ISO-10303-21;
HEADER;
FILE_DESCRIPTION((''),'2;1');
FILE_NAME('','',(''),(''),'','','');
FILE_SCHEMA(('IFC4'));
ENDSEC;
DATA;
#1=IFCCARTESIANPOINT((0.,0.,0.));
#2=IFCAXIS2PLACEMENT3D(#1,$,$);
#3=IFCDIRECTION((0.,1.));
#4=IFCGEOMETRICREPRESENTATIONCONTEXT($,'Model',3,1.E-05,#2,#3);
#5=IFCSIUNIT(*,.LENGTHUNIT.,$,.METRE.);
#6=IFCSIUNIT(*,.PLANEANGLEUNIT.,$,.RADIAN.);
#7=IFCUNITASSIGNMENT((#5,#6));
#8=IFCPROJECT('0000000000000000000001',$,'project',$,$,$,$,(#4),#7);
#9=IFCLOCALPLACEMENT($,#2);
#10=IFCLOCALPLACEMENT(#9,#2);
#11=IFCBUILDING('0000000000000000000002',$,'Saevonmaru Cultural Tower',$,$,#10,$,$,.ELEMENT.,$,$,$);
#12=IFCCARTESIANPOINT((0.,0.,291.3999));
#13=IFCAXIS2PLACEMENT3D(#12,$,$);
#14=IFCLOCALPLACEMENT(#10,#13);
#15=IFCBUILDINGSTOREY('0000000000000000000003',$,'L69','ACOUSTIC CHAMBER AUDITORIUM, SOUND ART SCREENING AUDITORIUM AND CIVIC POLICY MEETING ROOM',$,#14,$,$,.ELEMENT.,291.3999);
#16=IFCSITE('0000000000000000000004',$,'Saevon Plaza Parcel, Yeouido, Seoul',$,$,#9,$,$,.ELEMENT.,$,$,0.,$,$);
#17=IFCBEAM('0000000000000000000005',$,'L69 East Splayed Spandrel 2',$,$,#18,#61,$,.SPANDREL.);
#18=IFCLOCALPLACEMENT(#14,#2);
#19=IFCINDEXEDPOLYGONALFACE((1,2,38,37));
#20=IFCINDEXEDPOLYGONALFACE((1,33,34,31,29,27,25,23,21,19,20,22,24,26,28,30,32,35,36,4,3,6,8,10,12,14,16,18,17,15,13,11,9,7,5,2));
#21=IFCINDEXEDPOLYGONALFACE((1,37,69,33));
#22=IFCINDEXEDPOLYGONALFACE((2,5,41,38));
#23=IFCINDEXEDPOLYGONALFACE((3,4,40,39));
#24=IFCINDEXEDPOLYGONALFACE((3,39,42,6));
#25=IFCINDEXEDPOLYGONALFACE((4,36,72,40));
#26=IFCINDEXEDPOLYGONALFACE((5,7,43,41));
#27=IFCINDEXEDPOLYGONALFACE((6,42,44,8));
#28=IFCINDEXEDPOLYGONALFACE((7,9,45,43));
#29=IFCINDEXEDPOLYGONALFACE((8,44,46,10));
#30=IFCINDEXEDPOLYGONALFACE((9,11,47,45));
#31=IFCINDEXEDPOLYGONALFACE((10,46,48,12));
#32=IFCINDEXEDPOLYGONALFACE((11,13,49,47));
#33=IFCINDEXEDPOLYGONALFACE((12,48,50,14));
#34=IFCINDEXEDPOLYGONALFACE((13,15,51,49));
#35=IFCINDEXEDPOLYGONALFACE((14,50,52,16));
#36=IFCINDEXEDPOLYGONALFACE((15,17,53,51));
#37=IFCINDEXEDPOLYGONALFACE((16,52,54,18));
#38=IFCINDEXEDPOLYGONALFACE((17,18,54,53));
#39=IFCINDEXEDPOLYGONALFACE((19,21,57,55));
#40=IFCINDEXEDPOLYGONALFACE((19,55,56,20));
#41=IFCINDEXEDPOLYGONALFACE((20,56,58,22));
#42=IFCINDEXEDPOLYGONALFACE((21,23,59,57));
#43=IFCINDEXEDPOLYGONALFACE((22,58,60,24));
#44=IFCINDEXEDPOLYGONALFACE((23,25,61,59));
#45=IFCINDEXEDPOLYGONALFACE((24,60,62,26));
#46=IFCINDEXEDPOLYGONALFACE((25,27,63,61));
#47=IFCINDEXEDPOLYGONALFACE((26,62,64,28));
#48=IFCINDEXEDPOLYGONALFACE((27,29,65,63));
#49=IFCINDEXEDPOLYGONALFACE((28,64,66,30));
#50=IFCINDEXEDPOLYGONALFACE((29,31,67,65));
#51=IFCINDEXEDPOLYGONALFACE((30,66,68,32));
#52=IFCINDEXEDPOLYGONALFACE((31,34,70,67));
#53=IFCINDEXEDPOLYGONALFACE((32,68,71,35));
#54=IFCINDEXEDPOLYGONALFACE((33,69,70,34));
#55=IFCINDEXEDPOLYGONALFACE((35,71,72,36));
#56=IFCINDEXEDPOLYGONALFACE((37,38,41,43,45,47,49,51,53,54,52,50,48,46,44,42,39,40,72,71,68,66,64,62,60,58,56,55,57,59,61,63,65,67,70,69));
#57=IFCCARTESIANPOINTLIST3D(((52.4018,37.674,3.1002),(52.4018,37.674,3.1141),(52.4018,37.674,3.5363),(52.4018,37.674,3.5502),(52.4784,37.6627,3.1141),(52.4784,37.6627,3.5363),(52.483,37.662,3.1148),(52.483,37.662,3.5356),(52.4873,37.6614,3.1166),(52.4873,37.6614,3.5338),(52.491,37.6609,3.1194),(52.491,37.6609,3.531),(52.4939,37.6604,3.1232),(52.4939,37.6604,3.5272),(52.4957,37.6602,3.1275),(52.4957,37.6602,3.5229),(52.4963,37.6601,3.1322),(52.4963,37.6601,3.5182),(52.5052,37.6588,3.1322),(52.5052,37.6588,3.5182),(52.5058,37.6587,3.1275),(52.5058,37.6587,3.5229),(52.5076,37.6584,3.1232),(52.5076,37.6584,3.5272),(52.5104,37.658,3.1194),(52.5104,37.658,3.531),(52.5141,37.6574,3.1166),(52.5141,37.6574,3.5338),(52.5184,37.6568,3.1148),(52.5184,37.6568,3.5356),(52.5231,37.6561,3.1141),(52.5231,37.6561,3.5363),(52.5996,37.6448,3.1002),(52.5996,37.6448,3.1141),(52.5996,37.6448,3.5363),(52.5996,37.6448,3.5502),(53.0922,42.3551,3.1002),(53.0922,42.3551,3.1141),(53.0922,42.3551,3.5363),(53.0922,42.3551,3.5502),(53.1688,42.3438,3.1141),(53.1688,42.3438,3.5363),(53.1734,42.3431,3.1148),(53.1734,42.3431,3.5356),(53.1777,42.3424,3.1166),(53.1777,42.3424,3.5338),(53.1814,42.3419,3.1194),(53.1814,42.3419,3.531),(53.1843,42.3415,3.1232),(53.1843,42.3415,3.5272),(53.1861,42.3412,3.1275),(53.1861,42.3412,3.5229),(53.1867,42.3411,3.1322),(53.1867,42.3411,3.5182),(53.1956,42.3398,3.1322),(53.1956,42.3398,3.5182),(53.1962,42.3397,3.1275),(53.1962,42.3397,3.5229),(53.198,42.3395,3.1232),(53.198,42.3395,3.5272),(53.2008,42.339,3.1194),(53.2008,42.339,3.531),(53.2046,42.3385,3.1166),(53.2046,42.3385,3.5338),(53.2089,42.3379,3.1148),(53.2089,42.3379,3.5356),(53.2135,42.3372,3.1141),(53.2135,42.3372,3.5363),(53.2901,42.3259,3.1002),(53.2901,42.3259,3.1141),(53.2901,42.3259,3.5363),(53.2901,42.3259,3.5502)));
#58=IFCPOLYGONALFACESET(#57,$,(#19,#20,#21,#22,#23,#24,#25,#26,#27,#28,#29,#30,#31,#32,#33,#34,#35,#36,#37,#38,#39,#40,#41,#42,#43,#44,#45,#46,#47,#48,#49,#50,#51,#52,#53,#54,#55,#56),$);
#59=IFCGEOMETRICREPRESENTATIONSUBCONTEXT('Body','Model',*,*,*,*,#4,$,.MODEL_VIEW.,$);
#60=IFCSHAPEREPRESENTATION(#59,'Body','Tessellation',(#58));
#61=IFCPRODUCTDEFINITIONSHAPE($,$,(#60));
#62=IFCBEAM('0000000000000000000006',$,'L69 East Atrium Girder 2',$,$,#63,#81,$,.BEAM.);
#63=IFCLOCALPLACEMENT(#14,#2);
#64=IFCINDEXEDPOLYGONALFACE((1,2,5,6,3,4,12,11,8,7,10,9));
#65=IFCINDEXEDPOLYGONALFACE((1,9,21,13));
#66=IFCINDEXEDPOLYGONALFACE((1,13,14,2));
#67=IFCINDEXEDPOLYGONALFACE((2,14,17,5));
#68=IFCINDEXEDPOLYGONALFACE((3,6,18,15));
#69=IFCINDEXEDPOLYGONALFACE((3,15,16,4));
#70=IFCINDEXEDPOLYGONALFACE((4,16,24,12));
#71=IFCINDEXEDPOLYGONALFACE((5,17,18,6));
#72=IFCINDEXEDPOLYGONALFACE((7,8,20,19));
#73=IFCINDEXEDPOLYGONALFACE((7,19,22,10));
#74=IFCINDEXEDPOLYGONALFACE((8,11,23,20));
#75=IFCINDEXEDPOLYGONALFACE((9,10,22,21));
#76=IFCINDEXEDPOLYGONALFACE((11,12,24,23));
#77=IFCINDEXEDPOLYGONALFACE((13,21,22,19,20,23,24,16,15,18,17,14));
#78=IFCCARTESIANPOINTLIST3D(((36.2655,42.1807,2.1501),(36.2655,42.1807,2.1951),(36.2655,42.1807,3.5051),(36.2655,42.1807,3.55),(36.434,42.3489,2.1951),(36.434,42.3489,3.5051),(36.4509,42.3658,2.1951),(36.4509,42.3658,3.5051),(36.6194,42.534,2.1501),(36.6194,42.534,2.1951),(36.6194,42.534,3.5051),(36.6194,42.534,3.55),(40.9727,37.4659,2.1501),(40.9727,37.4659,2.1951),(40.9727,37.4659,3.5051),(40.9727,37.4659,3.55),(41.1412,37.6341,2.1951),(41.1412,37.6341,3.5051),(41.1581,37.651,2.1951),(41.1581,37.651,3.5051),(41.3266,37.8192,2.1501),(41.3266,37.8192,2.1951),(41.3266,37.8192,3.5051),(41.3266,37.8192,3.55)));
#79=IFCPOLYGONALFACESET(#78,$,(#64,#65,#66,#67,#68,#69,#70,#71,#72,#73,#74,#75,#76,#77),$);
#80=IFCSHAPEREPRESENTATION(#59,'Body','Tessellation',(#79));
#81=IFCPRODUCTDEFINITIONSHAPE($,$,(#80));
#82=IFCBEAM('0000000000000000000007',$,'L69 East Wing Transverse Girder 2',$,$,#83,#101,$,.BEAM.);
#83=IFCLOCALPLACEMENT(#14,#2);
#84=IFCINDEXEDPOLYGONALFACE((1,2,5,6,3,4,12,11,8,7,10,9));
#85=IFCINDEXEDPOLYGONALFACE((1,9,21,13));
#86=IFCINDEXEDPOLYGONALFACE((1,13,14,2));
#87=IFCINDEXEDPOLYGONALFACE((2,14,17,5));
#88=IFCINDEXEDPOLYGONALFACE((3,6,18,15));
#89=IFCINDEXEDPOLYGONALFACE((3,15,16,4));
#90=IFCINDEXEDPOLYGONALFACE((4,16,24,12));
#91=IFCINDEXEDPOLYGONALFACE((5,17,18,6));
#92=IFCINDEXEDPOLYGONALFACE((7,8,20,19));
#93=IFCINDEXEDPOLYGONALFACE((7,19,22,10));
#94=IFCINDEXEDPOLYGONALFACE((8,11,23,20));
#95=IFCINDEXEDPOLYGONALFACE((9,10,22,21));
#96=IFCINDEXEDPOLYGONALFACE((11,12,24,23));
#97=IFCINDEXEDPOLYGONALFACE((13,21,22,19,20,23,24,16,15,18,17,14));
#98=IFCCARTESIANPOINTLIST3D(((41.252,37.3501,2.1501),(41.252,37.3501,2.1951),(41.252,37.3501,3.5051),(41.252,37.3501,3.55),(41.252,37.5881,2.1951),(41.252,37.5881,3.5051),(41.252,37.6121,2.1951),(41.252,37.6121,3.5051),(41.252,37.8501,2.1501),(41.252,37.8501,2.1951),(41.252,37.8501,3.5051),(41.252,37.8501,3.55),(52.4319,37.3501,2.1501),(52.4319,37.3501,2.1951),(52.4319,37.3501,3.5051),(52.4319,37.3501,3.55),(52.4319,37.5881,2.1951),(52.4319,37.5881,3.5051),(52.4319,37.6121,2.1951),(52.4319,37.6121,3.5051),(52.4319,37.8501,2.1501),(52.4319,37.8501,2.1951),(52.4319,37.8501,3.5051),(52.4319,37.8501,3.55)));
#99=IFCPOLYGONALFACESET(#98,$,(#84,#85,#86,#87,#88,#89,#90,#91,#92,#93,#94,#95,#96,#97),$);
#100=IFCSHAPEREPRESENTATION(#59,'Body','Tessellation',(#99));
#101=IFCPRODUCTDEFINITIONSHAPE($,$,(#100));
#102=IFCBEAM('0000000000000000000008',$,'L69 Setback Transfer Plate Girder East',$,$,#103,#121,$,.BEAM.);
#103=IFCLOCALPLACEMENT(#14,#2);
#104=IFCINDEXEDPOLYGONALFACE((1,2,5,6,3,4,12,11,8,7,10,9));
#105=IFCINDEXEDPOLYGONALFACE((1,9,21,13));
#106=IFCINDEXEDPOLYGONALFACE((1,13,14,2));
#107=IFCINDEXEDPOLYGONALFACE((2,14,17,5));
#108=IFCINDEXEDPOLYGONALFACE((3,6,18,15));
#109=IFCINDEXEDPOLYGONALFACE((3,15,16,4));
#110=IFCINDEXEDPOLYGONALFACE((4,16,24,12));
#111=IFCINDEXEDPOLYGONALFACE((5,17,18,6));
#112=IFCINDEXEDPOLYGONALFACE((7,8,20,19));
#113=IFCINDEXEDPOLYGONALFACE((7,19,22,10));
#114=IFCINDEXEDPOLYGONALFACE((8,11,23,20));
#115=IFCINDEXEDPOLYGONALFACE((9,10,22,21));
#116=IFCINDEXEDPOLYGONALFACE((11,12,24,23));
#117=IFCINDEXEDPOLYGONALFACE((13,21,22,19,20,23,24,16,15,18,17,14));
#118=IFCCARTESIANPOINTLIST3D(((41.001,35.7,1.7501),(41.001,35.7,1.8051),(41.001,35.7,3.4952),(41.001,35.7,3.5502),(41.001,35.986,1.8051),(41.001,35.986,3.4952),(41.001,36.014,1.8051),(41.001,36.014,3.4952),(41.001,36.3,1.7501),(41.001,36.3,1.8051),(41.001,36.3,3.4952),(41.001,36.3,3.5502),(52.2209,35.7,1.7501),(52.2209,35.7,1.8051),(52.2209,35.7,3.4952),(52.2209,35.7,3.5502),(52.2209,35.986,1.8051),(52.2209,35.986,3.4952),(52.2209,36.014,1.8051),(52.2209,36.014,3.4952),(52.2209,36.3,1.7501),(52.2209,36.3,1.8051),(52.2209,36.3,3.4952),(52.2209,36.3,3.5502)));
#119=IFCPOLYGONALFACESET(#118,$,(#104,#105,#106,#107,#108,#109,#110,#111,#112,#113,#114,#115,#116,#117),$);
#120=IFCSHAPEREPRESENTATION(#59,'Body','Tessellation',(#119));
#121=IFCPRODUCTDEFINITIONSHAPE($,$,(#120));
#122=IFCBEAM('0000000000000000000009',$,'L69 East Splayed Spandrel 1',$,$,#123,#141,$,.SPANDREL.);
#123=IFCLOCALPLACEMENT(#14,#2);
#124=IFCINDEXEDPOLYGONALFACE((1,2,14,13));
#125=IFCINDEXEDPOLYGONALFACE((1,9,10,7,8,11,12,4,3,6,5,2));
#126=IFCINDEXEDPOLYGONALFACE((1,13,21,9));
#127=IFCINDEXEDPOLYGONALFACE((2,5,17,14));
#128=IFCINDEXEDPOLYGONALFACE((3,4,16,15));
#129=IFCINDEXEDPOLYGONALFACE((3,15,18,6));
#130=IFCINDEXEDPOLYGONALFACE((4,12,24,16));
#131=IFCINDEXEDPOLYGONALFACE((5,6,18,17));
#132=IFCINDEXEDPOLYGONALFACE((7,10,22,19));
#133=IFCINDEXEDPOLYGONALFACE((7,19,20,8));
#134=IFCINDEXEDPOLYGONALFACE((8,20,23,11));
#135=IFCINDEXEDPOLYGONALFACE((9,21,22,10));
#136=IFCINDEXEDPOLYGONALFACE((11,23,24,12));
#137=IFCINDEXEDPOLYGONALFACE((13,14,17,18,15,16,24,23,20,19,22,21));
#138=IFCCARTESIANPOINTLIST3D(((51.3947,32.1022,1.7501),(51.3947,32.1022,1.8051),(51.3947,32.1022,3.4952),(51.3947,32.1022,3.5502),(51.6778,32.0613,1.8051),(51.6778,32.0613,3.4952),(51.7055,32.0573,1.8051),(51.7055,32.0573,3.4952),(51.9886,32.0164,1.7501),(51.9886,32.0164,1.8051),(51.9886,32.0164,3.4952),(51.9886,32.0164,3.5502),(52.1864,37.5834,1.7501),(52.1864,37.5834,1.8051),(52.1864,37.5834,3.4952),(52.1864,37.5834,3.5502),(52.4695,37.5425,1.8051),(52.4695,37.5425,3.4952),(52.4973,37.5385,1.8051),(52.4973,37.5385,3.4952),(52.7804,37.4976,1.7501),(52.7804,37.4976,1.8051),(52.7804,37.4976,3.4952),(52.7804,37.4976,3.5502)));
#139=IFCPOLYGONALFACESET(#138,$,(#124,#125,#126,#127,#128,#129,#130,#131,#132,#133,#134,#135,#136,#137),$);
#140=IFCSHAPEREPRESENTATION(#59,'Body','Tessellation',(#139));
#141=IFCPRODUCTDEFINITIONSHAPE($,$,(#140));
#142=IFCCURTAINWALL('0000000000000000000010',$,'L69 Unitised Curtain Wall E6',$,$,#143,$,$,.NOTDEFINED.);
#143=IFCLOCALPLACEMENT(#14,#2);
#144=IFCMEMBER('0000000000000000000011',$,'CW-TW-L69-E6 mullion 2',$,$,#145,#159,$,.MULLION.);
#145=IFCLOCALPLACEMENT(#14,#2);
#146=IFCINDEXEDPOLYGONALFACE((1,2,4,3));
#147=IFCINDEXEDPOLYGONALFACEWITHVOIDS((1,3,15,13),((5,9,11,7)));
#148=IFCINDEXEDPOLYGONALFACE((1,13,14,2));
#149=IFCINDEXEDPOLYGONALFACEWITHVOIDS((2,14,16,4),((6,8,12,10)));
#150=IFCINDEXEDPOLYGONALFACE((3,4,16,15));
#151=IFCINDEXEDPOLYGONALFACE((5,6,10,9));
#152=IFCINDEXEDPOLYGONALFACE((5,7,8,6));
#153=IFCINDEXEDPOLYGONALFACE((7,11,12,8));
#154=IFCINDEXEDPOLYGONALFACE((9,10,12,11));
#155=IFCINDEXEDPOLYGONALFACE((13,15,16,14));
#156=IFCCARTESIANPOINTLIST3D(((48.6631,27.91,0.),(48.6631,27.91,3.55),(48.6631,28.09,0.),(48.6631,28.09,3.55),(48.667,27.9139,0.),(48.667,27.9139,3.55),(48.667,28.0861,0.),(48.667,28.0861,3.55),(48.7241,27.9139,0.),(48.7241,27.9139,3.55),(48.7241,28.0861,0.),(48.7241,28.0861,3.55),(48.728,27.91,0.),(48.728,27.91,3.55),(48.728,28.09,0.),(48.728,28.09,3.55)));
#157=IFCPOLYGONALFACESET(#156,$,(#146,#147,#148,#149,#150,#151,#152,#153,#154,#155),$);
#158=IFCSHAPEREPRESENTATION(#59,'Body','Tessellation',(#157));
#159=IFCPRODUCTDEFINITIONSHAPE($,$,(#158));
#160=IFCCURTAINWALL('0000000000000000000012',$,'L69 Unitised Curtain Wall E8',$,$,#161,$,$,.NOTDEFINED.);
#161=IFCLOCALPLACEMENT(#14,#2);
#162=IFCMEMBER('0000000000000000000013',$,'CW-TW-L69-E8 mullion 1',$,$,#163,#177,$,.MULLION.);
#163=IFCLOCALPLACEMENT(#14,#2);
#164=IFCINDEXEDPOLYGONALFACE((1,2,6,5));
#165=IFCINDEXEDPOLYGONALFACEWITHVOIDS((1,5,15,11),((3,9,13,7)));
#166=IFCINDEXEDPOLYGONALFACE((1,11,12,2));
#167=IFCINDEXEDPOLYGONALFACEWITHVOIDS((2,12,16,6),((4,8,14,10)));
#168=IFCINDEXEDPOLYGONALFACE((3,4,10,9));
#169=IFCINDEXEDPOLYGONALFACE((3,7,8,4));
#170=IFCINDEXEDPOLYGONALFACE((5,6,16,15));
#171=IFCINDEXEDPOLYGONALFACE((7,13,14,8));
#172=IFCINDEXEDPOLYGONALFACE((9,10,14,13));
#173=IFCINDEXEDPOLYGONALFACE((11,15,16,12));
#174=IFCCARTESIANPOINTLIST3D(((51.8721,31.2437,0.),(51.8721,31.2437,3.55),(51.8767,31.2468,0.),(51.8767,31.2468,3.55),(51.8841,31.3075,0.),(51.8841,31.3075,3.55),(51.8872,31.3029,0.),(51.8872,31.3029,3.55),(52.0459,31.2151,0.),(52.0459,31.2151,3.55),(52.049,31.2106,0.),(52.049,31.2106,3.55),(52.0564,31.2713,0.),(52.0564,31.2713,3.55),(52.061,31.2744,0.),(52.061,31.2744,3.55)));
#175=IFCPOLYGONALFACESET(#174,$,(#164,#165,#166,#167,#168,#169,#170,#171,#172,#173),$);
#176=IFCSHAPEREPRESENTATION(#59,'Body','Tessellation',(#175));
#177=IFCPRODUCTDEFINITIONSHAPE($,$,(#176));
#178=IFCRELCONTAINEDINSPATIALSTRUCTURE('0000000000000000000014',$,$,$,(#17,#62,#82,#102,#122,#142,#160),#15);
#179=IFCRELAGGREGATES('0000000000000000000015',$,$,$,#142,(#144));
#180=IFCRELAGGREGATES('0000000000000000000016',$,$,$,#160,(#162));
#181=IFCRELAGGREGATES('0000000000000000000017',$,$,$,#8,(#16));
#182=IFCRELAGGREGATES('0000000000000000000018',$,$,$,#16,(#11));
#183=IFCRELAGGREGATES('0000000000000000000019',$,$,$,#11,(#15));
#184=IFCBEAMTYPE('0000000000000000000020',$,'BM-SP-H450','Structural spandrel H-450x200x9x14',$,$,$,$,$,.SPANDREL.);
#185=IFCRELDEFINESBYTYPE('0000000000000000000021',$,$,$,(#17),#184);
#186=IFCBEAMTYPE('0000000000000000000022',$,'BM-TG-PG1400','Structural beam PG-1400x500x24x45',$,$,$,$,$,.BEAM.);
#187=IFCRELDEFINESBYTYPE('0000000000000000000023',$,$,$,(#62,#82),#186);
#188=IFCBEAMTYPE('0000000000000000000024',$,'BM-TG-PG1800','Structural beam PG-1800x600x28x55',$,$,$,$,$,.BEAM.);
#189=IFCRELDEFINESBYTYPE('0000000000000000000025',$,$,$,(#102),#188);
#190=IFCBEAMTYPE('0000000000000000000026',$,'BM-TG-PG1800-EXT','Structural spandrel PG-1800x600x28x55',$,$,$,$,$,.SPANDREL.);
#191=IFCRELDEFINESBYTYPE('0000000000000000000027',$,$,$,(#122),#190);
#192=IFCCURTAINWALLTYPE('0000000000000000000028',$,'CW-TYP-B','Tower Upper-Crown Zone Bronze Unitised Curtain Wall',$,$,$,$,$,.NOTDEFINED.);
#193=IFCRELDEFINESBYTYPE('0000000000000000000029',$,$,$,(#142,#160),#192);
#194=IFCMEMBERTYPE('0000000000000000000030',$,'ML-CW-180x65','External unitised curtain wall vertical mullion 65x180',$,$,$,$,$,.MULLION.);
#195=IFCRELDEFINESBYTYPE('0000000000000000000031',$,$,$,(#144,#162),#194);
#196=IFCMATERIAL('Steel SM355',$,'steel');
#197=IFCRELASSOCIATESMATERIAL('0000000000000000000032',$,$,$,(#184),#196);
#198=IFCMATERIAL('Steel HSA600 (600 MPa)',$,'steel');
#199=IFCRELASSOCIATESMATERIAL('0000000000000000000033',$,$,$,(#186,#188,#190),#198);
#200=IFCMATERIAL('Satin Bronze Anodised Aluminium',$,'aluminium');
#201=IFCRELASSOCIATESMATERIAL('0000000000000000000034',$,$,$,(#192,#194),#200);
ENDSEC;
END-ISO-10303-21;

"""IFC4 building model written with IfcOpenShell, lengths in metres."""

from ifc_helpers import new_model, si_unit, direction, frame, origin, origin_2d, place, context, subcontext, project, spatial, hollow_rectangle, i_section, extrude, material, material_profile, profile_set, type_object, element, aggregate, save


model = new_model("IFC4")

# Units and contexts
model_context = context("Model", 3, precision=1e-05, world=origin(), true_north=direction((0.0, 1.0)))
body_context = subcontext(model_context, "Body", "Model", "MODEL_VIEW")
ifc_project = project(units=[si_unit("LENGTHUNIT", "METRE"), si_unit("PLANEANGLEUNIT", "RADIAN")], contexts=[model_context])

# Site, building, storey
site_placement = place(None, origin())
site = spatial("IfcSite", under=ifc_project, at=site_placement, Name="Saevon Plaza Parcel, Yeouido, Seoul", CompositionType="ELEMENT", RefElevation=0.0)
building_placement = place(site_placement, origin())
building = spatial("IfcBuilding", under=site, at=building_placement, Name="Saevonmaru Cultural Tower", CompositionType="ELEMENT")
storey_placement = place(building_placement, frame((0.0, 0.0, 291.3999)))
storey = spatial("IfcBuildingStorey", under=building, at=storey_placement, Name="L69", Description="ACOUSTIC CHAMBER AUDITORIUM, SOUND ART SCREENING AUDITORIUM AND CIVIC POLICY MEETING ROOM", CompositionType="ELEMENT", Elevation=291.3999)

# Shared definitions
ifc_material_1 = material(Name="Steel SM355", Category="steel")

# Beams
ifc_material_profile_1 = material_profile(ifc_material_1, i_section(OverallWidth=0.2, OverallDepth=0.45, WebThickness=0.009, FlangeThickness=0.0139, FilletRadius=0.0181, at=origin_2d()), Name="H-450x200x9x14")
ifc_profile_set_1 = profile_set([ifc_material_profile_1], Name="Steel SM355")
beam_type_1 = type_object("IfcBeamType", Name="BM-SP-H450", Description="Structural spandrel H-450x200x9x14", PredefinedType="SPANDREL", material=ifc_profile_set_1)
beam_1_placement = place(storey_placement, frame((52.5007, 37.6594, 3.3252), z_axis=(0.145913, 0.989297, 0.0), x_axis=(-0.989297, 0.145913, 0.0)))
element("IfcBeam", 1, at=beam_1_placement, inside=storey, type_object=beam_type_1, Name="L69 East Splayed Spandrel 2", PredefinedType="SPANDREL", context=body_context, shape_type="SweptSolid", body=[
    extrude(i_section(OverallWidth=0.2, OverallDepth=0.45, WebThickness=0.009, FlangeThickness=0.0139, FilletRadius=0.0181, at=origin_2d()), origin(), (0.0, 0.0, 1.0), 4.7317),
])
ifc_material_2 = material(Name="Steel HSA600 (600 MPa)", Category="steel")
ifc_material_profile_2 = material_profile(ifc_material_2, i_section(OverallWidth=0.5, OverallDepth=1.3999, WebThickness=0.0239, FlangeThickness=0.0449, at=origin_2d()), Name="PG-1400x500x24x45")
ifc_profile_set_2 = profile_set([ifc_material_profile_2], Name="Steel HSA600 (600 MPa)")
beam_type_2 = type_object("IfcBeamType", Name="BM-TG-PG1400", Description="Structural beam PG-1400x500x24x45", PredefinedType="BEAM", material=ifc_profile_set_2)
beam_2_placement = place(storey_placement, frame((41.1497, 37.6426, 2.8501), z_axis=(-0.706539, 0.707675, 0.0), x_axis=(-0.707675, -0.706539, 0.0)))
element("IfcBeam", 2, at=beam_2_placement, inside=storey, type_object=beam_type_2, Name="L69 East Atrium Girder 2", PredefinedType="BEAM", context=body_context, shape_type="SweptSolid", body=[
    extrude(i_section(OverallWidth=0.5, OverallDepth=1.3999, WebThickness=0.0239, FlangeThickness=0.0449, at=origin_2d()), origin(), (0.0, 0.0, 1.0), 6.6624),
])
beam_3_placement = place(storey_placement, frame((41.252, 37.6001, 2.8501), z_axis=(1.0, 0.0, 0.0), x_axis=(0.0, 1.0, 0.0)))
element("IfcBeam", 3, at=beam_3_placement, inside=storey, type_object=beam_type_2, Name="L69 East Wing Transverse Girder 2", PredefinedType="BEAM", context=body_context, shape_type="SweptSolid", body=[
    extrude(i_section(OverallWidth=0.5, OverallDepth=1.3999, WebThickness=0.0239, FlangeThickness=0.0449, at=origin_2d()), origin(), (0.0, 0.0, 1.0), 11.1799),
])
ifc_material_profile_3 = material_profile(ifc_material_2, i_section(OverallWidth=0.6001, OverallDepth=1.8, WebThickness=0.0281, FlangeThickness=0.0549, at=origin_2d()), Name="PG-1800x600x28x55")
ifc_profile_set_3 = profile_set([ifc_material_profile_3], Name="Steel HSA600 (600 MPa)")
beam_type_3 = type_object("IfcBeamType", Name="BM-TG-PG1800", Description="Structural beam PG-1800x600x28x55", PredefinedType="BEAM", material=ifc_profile_set_3)
beam_4_placement = place(storey_placement, frame((41.001, 36.0, 2.6501), z_axis=(1.0, 0.0, 0.0), x_axis=(0.0, 1.0, 0.0)))
element("IfcBeam", 4, at=beam_4_placement, inside=storey, type_object=beam_type_3, Name="L69 Setback Transfer Plate Girder East", PredefinedType="BEAM", context=body_context, shape_type="SweptSolid", body=[
    extrude(i_section(OverallWidth=0.6001, OverallDepth=1.8, WebThickness=0.0281, FlangeThickness=0.0549, at=origin_2d()), origin(), (0.0, 0.0, 1.0), 11.22),
])
ifc_material_profile_4 = material_profile(ifc_material_2, i_section(OverallWidth=0.6001, OverallDepth=1.8, WebThickness=0.0281, FlangeThickness=0.0549, at=origin_2d()), Name="PG-1800x600x28x55")
ifc_profile_set_4 = profile_set([ifc_material_profile_4], Name="Steel HSA600 (600 MPa)")
beam_type_4 = type_object("IfcBeamType", Name="BM-TG-PG1800-EXT", Description="Structural spandrel PG-1800x600x28x55", PredefinedType="SPANDREL", material=ifc_profile_set_4)
beam_5_placement = place(storey_placement, frame((51.6917, 32.0593, 2.6501), z_axis=(0.142964, 0.989728, 0.0), x_axis=(-0.989728, 0.142964, 0.0)))
element("IfcBeam", 5, at=beam_5_placement, inside=storey, type_object=beam_type_4, Name="L69 East Splayed Spandrel 1", PredefinedType="SPANDREL", context=body_context, shape_type="SweptSolid", body=[
    extrude(i_section(OverallWidth=0.6001, OverallDepth=1.8, WebThickness=0.0281, FlangeThickness=0.0549, at=origin_2d()), origin(), (0.0, 0.0, 1.0), 5.5381),
])

# Curtain wall, member
ifc_material_3 = material(Name="Satin Bronze Anodised Aluminium", Category="aluminium")
curtain_wall_type = type_object("IfcCurtainWallType", Name="CW-TYP-B", Description="Tower Upper-Crown Zone Bronze Unitised Curtain Wall", PredefinedType="NOTDEFINED", material=ifc_material_3)
curtain_wall_1_placement = place(storey_placement, origin())
curtain_wall_1 = element("IfcCurtainWall", 6, at=curtain_wall_1_placement, inside=storey, type_object=curtain_wall_type, Name="L69 Unitised Curtain Wall E6", PredefinedType="NOTDEFINED")
ifc_material_profile_5 = material_profile(ifc_material_3, hollow_rectangle(XDim=0.0649, YDim=0.1799, WallThickness=0.0039, at=origin_2d()), Name="ALU-MULL-180x65x4")
ifc_profile_set_5 = profile_set([ifc_material_profile_5], Name="Satin Bronze Anodised Aluminium")
member_type_1 = type_object("IfcMemberType", Name="ML-CW-180x65", Description="External unitised curtain wall vertical mullion 65x180", PredefinedType="MULLION", material=ifc_profile_set_5)
member_1_placement = place(storey_placement, frame((48.6956, 28.0, 0.0), z_axis=(0.0, 0.0, 1.0), x_axis=(1.0, 0.0, 0.0)))
member_1 = element("IfcMember", 7, at=member_1_placement, type_object=member_type_1, Name="CW-TW-L69-E6 mullion 2", PredefinedType="MULLION", context=body_context, shape_type="SweptSolid", body=[
    extrude(hollow_rectangle(XDim=0.0649, YDim=0.1799, WallThickness=0.0039, at=origin_2d()), origin(), (0.0, 0.0, 1.0), 3.55),
])

# Curtain wall, member
curtain_wall_2_placement = place(storey_placement, origin())
curtain_wall_2 = element("IfcCurtainWall", 8, at=curtain_wall_2_placement, inside=storey, type_object=curtain_wall_type, Name="L69 Unitised Curtain Wall E8", PredefinedType="NOTDEFINED")
member_2_placement = place(storey_placement, frame((51.9666, 31.259, 0.0), z_axis=(0.0, 0.0, 1.0), x_axis=(0.184047, 0.982918, 0.0)))
member_2 = element("IfcMember", 9, at=member_2_placement, type_object=member_type_1, Name="CW-TW-L69-E8 mullion 1", PredefinedType="MULLION", context=body_context, shape_type="SweptSolid", body=[
    extrude(hollow_rectangle(XDim=0.0649, YDim=0.1799, WallThickness=0.0039, at=origin_2d()), origin(), (0.0, 0.0, 1.0), 3.55),
])

aggregate(curtain_wall_1, [member_1])
aggregate(curtain_wall_2, [member_2])

save(model, "model.ifc")
